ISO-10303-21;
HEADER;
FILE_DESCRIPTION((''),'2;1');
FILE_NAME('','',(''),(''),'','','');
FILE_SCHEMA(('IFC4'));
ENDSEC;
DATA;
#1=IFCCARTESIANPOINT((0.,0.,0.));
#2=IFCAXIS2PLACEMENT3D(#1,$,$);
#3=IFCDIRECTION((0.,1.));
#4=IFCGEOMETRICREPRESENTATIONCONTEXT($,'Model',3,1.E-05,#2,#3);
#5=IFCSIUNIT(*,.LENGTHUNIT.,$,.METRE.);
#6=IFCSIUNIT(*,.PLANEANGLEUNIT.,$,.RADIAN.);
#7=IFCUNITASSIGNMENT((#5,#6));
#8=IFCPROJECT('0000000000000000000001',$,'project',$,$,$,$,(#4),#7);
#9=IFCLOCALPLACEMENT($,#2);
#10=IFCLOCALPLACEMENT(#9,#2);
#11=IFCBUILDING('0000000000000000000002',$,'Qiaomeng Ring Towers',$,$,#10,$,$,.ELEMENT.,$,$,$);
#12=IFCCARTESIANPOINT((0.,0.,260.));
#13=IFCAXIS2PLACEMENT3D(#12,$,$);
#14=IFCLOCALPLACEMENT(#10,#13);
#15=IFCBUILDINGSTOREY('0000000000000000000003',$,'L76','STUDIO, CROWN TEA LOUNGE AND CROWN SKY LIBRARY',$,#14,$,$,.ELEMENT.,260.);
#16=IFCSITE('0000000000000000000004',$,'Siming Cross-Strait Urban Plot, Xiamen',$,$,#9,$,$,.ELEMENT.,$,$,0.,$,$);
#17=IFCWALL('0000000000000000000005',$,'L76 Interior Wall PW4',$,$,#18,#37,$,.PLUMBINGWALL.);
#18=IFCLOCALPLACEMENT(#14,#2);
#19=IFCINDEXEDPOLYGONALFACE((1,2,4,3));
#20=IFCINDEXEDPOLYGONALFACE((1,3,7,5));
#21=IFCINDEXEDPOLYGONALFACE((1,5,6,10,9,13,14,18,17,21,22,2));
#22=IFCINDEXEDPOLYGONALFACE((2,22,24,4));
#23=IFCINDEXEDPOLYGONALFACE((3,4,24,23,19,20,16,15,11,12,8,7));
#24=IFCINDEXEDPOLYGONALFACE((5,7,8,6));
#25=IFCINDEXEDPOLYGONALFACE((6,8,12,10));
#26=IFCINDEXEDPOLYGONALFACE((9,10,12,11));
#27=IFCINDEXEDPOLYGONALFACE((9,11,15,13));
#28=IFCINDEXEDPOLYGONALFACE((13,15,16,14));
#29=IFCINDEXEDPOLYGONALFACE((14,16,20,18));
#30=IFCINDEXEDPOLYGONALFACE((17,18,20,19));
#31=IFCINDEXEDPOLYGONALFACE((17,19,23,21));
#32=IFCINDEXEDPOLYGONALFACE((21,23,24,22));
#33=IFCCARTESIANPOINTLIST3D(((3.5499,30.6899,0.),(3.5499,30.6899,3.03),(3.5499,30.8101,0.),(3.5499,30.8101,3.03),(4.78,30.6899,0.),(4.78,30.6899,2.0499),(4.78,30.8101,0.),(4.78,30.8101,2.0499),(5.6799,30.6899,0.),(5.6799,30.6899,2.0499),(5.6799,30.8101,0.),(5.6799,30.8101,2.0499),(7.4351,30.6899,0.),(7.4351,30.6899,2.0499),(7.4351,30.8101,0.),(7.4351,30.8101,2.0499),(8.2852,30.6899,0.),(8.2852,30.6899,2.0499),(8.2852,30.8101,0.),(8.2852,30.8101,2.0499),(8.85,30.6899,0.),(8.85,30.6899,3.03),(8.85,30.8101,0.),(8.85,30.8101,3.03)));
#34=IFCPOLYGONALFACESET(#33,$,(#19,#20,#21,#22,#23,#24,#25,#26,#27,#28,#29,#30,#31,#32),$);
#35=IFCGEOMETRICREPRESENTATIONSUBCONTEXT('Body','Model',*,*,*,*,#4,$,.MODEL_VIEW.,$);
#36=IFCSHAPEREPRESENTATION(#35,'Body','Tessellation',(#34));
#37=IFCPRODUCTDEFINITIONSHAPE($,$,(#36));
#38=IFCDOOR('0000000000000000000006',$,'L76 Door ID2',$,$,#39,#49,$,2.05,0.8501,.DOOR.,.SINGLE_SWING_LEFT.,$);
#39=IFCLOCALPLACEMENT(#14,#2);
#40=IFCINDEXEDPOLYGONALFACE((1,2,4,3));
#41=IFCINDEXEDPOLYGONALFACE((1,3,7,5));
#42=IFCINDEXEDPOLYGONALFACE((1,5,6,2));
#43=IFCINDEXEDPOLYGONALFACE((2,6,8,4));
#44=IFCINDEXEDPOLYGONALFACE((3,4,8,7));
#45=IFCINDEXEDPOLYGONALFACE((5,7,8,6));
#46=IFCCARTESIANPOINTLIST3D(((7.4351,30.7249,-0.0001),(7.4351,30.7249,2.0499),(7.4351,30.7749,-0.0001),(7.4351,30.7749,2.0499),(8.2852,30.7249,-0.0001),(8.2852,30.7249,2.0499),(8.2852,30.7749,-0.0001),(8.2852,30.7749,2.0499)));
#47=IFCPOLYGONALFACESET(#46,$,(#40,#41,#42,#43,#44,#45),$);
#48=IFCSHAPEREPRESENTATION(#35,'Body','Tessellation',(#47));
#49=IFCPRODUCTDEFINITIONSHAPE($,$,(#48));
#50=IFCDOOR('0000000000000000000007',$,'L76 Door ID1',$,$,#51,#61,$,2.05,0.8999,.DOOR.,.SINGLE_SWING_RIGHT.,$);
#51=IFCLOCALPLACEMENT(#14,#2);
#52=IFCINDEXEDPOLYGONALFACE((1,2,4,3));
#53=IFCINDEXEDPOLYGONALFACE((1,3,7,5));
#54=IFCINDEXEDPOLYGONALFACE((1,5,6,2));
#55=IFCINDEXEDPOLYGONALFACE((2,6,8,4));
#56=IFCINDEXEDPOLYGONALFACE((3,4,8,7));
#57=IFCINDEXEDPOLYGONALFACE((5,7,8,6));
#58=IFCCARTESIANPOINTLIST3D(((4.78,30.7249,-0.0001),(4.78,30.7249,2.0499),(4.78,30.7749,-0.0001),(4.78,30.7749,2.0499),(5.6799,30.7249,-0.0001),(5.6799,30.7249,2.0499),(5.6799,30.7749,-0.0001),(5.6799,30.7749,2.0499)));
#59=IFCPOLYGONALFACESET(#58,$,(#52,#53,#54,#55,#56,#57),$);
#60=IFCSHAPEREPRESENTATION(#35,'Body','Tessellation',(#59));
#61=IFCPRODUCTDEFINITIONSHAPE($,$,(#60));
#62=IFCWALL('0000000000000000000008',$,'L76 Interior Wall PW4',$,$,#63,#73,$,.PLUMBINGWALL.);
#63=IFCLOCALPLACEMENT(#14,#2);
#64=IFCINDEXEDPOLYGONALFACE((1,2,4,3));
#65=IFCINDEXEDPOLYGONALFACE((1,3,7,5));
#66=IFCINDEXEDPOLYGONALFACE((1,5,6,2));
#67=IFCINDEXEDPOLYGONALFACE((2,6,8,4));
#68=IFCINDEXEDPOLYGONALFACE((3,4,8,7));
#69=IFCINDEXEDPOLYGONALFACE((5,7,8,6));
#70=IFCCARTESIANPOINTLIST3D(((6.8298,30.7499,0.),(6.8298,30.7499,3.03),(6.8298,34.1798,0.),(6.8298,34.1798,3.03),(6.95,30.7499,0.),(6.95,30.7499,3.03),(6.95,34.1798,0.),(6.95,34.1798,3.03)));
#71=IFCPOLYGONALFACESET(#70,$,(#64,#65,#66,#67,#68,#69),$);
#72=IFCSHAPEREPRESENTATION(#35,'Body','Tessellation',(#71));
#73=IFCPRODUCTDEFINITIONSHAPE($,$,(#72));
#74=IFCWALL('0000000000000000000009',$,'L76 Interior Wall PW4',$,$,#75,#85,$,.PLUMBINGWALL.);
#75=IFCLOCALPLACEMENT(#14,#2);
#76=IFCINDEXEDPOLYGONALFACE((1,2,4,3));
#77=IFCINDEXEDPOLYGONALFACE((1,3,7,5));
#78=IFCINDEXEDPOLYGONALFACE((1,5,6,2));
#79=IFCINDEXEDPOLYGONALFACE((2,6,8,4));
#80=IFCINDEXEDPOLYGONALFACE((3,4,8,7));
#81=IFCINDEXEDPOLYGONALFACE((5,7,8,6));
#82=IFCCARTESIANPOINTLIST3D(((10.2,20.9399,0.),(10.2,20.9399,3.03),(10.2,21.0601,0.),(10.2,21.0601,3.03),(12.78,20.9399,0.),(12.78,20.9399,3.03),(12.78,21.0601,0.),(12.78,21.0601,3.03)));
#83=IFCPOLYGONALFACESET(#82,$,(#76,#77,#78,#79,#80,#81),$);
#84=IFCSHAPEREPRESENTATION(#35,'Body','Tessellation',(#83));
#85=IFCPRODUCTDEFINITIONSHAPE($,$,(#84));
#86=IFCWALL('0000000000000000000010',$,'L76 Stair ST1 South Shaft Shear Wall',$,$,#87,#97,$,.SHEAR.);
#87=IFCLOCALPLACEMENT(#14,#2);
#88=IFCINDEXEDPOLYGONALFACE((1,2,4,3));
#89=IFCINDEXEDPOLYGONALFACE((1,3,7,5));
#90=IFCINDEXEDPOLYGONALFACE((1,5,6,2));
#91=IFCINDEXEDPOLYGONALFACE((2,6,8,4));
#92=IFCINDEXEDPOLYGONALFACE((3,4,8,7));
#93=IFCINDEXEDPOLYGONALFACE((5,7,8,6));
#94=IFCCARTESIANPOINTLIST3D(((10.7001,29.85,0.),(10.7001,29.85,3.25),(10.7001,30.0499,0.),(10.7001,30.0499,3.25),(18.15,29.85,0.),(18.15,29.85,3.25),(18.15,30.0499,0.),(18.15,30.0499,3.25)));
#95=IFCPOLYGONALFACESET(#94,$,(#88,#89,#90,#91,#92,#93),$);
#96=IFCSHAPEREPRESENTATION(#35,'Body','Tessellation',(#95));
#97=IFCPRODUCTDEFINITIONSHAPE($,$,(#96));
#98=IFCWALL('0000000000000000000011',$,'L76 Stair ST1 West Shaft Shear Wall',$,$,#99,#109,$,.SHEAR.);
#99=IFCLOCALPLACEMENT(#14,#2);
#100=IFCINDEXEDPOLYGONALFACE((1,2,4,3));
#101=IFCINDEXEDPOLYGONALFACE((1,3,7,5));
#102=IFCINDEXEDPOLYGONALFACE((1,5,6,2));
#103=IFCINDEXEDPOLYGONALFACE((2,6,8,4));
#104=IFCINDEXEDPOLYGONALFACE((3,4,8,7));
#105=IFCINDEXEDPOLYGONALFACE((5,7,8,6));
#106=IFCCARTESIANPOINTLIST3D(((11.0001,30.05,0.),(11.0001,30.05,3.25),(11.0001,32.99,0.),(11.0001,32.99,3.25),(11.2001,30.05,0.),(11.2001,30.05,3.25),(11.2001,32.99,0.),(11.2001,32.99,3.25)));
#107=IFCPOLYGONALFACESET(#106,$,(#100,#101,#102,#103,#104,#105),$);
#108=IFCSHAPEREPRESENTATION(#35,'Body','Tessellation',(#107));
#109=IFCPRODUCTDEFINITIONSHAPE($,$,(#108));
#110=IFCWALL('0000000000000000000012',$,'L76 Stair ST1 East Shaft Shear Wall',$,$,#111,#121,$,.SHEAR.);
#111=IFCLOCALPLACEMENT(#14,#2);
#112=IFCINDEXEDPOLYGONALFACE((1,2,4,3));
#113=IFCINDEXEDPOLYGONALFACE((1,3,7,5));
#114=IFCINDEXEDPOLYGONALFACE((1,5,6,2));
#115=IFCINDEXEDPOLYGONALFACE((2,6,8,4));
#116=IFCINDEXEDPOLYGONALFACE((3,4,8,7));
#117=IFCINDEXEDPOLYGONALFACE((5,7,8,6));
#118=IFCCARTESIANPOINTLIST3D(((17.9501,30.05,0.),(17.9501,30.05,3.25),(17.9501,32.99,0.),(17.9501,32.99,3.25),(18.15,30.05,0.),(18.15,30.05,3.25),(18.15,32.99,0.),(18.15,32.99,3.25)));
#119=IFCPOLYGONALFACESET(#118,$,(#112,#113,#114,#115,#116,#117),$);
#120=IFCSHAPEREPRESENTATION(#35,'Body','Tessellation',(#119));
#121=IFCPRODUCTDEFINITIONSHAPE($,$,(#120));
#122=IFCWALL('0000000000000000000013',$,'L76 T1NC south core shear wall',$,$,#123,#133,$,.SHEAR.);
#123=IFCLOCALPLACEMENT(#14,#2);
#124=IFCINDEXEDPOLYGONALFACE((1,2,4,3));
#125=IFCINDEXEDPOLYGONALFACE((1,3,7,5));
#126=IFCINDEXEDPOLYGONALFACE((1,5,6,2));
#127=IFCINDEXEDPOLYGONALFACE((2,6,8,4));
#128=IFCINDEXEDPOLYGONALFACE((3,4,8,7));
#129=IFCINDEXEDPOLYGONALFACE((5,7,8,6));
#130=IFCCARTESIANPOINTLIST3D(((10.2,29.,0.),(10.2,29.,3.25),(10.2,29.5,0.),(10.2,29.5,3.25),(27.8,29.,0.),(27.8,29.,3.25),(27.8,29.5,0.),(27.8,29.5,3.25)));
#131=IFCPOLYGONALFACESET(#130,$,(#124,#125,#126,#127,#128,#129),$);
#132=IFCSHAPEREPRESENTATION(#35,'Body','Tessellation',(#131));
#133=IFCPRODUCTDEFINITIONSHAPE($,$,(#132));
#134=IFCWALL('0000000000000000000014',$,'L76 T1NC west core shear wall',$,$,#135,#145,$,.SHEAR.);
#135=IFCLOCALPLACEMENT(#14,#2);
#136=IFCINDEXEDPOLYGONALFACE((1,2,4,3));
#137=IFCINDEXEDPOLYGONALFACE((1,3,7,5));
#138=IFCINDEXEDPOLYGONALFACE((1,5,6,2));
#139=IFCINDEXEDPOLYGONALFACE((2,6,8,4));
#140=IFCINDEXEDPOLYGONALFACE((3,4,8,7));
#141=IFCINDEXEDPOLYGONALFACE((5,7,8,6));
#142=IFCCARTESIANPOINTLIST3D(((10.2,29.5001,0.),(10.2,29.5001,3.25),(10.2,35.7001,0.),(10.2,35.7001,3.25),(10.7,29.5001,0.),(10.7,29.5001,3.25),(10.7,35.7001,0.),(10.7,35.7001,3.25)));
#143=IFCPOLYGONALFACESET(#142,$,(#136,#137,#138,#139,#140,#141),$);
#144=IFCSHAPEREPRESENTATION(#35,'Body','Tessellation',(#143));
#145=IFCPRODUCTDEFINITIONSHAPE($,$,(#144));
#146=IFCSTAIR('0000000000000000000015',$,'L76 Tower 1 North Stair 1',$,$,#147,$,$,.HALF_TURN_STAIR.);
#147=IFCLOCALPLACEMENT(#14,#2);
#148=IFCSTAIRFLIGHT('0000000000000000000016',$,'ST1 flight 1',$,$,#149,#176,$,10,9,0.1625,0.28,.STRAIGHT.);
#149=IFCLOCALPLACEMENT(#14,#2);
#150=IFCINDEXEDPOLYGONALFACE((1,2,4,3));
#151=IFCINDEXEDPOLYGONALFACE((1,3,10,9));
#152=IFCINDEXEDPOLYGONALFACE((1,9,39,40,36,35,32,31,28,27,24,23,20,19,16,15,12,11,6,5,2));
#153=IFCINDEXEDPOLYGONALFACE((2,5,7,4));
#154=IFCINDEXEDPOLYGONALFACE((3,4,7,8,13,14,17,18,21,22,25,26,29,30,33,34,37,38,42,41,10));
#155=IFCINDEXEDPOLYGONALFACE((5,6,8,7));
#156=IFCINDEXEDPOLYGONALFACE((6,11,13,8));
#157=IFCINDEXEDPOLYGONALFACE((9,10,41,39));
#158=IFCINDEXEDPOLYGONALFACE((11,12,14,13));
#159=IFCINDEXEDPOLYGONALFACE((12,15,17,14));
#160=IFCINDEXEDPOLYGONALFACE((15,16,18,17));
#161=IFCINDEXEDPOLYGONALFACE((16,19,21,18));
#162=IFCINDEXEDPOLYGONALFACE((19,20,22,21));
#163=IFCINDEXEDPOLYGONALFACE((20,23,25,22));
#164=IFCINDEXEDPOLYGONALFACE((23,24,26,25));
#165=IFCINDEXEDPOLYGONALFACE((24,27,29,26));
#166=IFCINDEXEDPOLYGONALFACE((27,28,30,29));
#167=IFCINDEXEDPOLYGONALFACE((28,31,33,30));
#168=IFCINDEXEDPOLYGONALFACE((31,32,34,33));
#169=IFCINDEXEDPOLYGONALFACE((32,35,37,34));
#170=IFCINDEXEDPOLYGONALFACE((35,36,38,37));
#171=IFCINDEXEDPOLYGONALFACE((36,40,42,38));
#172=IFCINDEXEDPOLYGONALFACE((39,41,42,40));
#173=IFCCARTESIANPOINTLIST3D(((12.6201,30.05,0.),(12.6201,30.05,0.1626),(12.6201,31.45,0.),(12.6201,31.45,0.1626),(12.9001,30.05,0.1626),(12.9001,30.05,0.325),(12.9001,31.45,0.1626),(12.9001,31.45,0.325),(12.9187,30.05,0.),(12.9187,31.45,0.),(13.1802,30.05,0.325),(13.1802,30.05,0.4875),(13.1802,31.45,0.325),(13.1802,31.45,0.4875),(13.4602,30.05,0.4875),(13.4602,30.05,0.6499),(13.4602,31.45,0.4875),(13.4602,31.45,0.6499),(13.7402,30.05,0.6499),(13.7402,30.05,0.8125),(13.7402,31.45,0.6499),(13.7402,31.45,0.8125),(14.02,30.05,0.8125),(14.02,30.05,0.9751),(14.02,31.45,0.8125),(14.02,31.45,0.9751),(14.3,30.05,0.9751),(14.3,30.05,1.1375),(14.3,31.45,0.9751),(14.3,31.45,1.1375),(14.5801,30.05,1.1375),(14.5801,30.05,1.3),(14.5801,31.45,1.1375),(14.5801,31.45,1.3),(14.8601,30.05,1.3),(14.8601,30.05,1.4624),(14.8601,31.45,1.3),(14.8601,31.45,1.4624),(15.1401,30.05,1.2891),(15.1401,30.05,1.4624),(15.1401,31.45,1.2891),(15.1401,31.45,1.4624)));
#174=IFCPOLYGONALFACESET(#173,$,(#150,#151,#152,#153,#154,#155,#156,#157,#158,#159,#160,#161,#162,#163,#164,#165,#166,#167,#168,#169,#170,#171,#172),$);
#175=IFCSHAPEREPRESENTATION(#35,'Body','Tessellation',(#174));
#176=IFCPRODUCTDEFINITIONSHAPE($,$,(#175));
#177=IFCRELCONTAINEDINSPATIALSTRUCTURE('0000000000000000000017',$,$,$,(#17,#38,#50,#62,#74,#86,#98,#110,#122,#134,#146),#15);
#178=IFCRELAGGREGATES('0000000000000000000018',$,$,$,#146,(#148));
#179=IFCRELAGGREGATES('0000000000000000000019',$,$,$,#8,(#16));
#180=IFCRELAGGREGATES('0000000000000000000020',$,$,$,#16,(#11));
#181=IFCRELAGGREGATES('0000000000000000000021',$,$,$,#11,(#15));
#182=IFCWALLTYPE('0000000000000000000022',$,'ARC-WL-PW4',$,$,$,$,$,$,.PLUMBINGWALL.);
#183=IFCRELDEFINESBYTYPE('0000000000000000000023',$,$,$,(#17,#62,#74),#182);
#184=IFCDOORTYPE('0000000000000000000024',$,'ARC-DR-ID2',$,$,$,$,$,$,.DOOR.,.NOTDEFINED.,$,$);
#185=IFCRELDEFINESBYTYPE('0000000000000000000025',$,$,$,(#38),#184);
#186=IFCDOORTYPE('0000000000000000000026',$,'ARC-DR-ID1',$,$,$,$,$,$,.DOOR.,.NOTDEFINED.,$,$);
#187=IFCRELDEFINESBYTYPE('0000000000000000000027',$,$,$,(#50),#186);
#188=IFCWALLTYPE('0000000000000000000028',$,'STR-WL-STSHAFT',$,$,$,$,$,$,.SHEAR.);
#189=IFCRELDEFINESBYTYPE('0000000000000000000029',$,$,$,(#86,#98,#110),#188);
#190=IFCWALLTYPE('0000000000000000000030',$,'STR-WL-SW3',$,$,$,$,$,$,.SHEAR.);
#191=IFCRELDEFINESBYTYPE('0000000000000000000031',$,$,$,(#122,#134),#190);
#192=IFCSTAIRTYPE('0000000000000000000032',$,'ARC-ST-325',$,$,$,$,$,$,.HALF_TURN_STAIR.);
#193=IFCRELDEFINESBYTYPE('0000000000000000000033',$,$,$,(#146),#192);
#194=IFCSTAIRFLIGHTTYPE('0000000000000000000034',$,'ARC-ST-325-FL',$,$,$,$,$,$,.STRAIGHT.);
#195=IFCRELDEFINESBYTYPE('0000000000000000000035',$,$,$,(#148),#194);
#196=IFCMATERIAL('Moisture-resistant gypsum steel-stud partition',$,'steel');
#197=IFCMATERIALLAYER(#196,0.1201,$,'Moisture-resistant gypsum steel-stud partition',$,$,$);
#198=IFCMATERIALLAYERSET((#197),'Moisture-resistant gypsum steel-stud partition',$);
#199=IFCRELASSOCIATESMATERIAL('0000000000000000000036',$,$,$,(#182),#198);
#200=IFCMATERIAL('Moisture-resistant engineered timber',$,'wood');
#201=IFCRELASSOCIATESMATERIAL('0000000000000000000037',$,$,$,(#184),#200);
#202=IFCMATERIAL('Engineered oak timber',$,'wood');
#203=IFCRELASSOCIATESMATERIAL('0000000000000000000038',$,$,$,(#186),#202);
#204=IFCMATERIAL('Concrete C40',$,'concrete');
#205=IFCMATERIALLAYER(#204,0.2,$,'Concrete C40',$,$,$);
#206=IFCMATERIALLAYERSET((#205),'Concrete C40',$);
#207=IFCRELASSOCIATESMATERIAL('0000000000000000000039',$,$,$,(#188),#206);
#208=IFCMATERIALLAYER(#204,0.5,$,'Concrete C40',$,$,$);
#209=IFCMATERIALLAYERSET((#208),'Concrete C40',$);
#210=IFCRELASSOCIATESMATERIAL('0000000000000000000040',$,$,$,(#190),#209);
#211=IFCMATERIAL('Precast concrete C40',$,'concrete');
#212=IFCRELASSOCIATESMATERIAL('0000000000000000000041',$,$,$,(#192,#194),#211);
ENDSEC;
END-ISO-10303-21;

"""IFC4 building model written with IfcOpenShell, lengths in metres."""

from ifc_helpers import new_model, si_unit, direction, frame, frame_2d, origin, place, context, subcontext, project, spatial, polyline, rectangle, outline, extrude, source, transform, mapped, material, layer, layer_set, type_object, element, fill, aggregate, save


model = new_model("IFC4")

# Units and contexts
model_context = context("Model", 3, precision=1e-05, world=origin(), true_north=direction((0.0, 1.0)))
body_context = subcontext(model_context, "Body", "Model", "MODEL_VIEW")
ifc_project = project(units=[si_unit("LENGTHUNIT", "METRE"), si_unit("PLANEANGLEUNIT", "RADIAN")], contexts=[model_context])

# Site, building, storey
site_placement = place(None, origin())
site = spatial("IfcSite", under=ifc_project, at=site_placement, Name="Siming Cross-Strait Urban Plot, Xiamen", CompositionType="ELEMENT", RefElevation=0.0)
building_placement = place(site_placement, origin())
building = spatial("IfcBuilding", under=site, at=building_placement, Name="Qiaomeng Ring Towers", CompositionType="ELEMENT")
storey_placement = place(building_placement, frame((0.0, 0.0, 260.0)))
storey = spatial("IfcBuildingStorey", under=building, at=storey_placement, Name="L76", Description="STUDIO, CROWN TEA LOUNGE AND CROWN SKY LIBRARY", CompositionType="ELEMENT", Elevation=260.0)

# Shared definitions
ifc_material_1 = material(Name="Concrete C40", Category="concrete")

# Shared definitions
ifc_material_2 = material(Name="Moisture-resistant gypsum steel-stud partition", Category="steel")
ifc_layer_1 = layer(ifc_material_2, 0.1201, Name="Moisture-resistant gypsum steel-stud partition")
ifc_layer_set_1 = layer_set([ifc_layer_1], Name="Moisture-resistant gypsum steel-stud partition")
wall_type_1 = type_object("IfcWallType", Name="ARC-WL-PW4", PredefinedType="PLUMBINGWALL", material=ifc_layer_set_1)
ifc_material_3 = material(Name="Moisture-resistant engineered timber", Category="wood")
door_type_1 = type_object("IfcDoorType", Name="ARC-DR-ID2", OperationType="NOTDEFINED", PredefinedType="DOOR", material=ifc_material_3)
shared_shape_1 = source(origin(), body_context, "Body", "SweptSolid", [
    extrude(rectangle(XDim=0.8501, YDim=2.05, at=frame_2d((0.425, 1.0249))), frame((0.0, 0.0249, 0.0), z_axis=(0.0, -1.0, 0.0), x_axis=(1.0, 0.0, 0.0)), (0.0, 0.0, 1.0), 0.05),
])
ifc_material_4 = material(Name="Engineered oak timber", Category="wood")
door_type_2 = type_object("IfcDoorType", Name="ARC-DR-ID1", OperationType="NOTDEFINED", PredefinedType="DOOR", material=ifc_material_4)
shared_shape_2 = source(origin(), body_context, "Body", "SweptSolid", [
    extrude(rectangle(XDim=0.8999, YDim=2.05, at=frame_2d((0.45, 1.0249))), frame((0.0, 0.0249, 0.0), z_axis=(0.0, -1.0, 0.0), x_axis=(1.0, 0.0, 0.0)), (0.0, 0.0, 1.0), 0.05),
])

# Wall, openings, doors
wall_1_placement = place(storey_placement, frame((3.55, 30.75, 0.0), z_axis=(0.0, 0.0, 1.0), x_axis=(1.0, 0.0, 0.0)))
wall_1 = element("IfcWall", 1, at=wall_1_placement, inside=storey, type_object=wall_type_1, Name="L76 Interior Wall PW4", PredefinedType="PLUMBINGWALL", context=body_context, shape_type="SweptSolid", body=[
    extrude(rectangle(XDim=5.3, YDim=0.1201, at=frame_2d((2.6499, 0.0))), origin(), (0.0, 0.0, 1.0), 3.03),
])
opening_1_placement = place(wall_1_placement, frame((1.23, 0.0, 0.0)))
opening_1 = element("IfcOpeningElement", 2, at=opening_1_placement, cuts=wall_1, PredefinedType="OPENING", context=body_context, shape_type="SweptSolid", body=[
    extrude(rectangle(XDim=0.8999, YDim=2.05, at=frame_2d((0.45, 1.0249))), frame((0.0, 0.0701, 0.0), z_axis=(0.0, -1.0, 0.0), x_axis=(1.0, 0.0, 0.0)), (0.0, 0.0, 1.0), 0.1401),
])
opening_2_placement = place(wall_1_placement, frame((3.885, 0.0, 0.0)))
opening_2 = element("IfcOpeningElement", 3, at=opening_2_placement, cuts=wall_1, PredefinedType="OPENING", context=body_context, shape_type="SweptSolid", body=[
    extrude(rectangle(XDim=0.8501, YDim=2.05, at=frame_2d((0.425, 1.0249))), frame((0.0, 0.0701, 0.0), z_axis=(0.0, -1.0, 0.0), x_axis=(1.0, 0.0, 0.0)), (0.0, 0.0, 1.0), 0.1401),
])
door_1_placement = place(opening_2_placement, origin())
door_1 = element("IfcDoor", 4, at=door_1_placement, inside=storey, type_object=door_type_1, Name="L76 Door ID2", OperationType="SINGLE_SWING_LEFT", OverallHeight=2.05, OverallWidth=0.8501, PredefinedType="DOOR", context=body_context, shape_type="MappedRepresentation", body=[
    mapped(shared_shape_1, transform((0.0, 0.0, 0.0), x_axis=(1.0, 0.0, 0.0), y_axis=(0.0, 1.0, 0.0), z_axis=(0.0, 0.0, 1.0), scale=1.0)),
])
fill(opening_2, door_1)
door_2_placement = place(opening_1_placement, origin())
door_2 = element("IfcDoor", 5, at=door_2_placement, inside=storey, type_object=door_type_2, Name="L76 Door ID1", OperationType="SINGLE_SWING_RIGHT", OverallHeight=2.05, OverallWidth=0.8999, PredefinedType="DOOR", context=body_context, shape_type="MappedRepresentation", body=[
    mapped(shared_shape_2, transform((0.0, 0.0, 0.0), x_axis=(1.0, 0.0, 0.0), y_axis=(0.0, 1.0, 0.0), z_axis=(0.0, 0.0, 1.0), scale=1.0)),
])
fill(opening_1, door_2)

# Walls
wall_2_placement = place(storey_placement, frame((6.8899, 30.75, 0.0), z_axis=(0.0, 0.0, 1.0), x_axis=(0.0, 1.0, 0.0)))
element("IfcWall", 6, at=wall_2_placement, inside=storey, type_object=wall_type_1, Name="L76 Interior Wall PW4", PredefinedType="PLUMBINGWALL", context=body_context, shape_type="SweptSolid", body=[
    extrude(rectangle(XDim=3.4299, YDim=0.1201, at=frame_2d((1.7148, 0.0))), origin(), (0.0, 0.0, 1.0), 3.03),
])
wall_3_placement = place(storey_placement, frame((10.2, 21.0, 0.0), z_axis=(0.0, 0.0, 1.0), x_axis=(1.0, 0.0, 0.0)))
element("IfcWall", 7, at=wall_3_placement, inside=storey, type_object=wall_type_1, Name="L76 Interior Wall PW4", PredefinedType="PLUMBINGWALL", context=body_context, shape_type="SweptSolid", body=[
    extrude(rectangle(XDim=2.5801, YDim=0.1201, at=frame_2d((1.29, 0.0))), origin(), (0.0, 0.0, 1.0), 3.03),
])
ifc_layer_2 = layer(ifc_material_1, 0.2, Name="Concrete C40")
ifc_layer_set_2 = layer_set([ifc_layer_2], Name="Concrete C40")
wall_type_2 = type_object("IfcWallType", Name="STR-WL-STSHAFT", PredefinedType="SHEAR", material=ifc_layer_set_2)
wall_4_placement = place(storey_placement, frame((10.7, 29.95, 0.0), z_axis=(0.0, 0.0, 1.0), x_axis=(1.0, 0.0, 0.0)))
element("IfcWall", 8, at=wall_4_placement, inside=storey, type_object=wall_type_2, Name="L76 Stair ST1 South Shaft Shear Wall", PredefinedType="SHEAR", context=body_context, shape_type="SweptSolid", body=[
    extrude(rectangle(XDim=7.45, YDim=0.2, at=frame_2d((3.7251, 0.0))), origin(), (0.0, 0.0, 1.0), 3.25),
])
for number, where, z_axis, x_axis, name in (
    (9, (11.1001, 30.05, 0.0), (0.0, 0.0, 1.0), (0.0, 1.0, 0.0), "L76 Stair ST1 West Shaft Shear Wall"),
    (10, (18.05, 30.05, 0.0), (0.0, 0.0, 1.0), (0.0, 1.0, 0.0), "L76 Stair ST1 East Shaft Shear Wall"),
):
    element("IfcWall", number, at=place(storey_placement, frame(where, z_axis=z_axis, x_axis=x_axis)), inside=storey, type_object=wall_type_2, Name=name, PredefinedType="SHEAR", context=body_context, shape_type="SweptSolid", body=[
        extrude(rectangle(XDim=2.9399, YDim=0.2, at=frame_2d((1.47, 0.0))), origin(), (0.0, 0.0, 1.0), 3.25),
    ])
ifc_layer_3 = layer(ifc_material_1, 0.5, Name="Concrete C40")
ifc_layer_set_3 = layer_set([ifc_layer_3], Name="Concrete C40")
wall_type_3 = type_object("IfcWallType", Name="STR-WL-SW3", PredefinedType="SHEAR", material=ifc_layer_set_3)
wall_5_placement = place(storey_placement, frame((10.2, 29.25, 0.0), z_axis=(0.0, 0.0, 1.0), x_axis=(1.0, 0.0, 0.0)))
element("IfcWall", 11, at=wall_5_placement, inside=storey, type_object=wall_type_3, Name="L76 T1NC south core shear wall", PredefinedType="SHEAR", context=body_context, shape_type="SweptSolid", body=[
    extrude(rectangle(XDim=17.6001, YDim=0.5, at=frame_2d((8.8, 0.0))), origin(), (0.0, 0.0, 1.0), 3.25),
])
wall_6_placement = place(storey_placement, frame((10.45, 29.5, 0.0), z_axis=(0.0, 0.0, 1.0), x_axis=(0.0, 1.0, 0.0)))
element("IfcWall", 12, at=wall_6_placement, inside=storey, type_object=wall_type_3, Name="L76 T1NC west core shear wall", PredefinedType="SHEAR", context=body_context, shape_type="SweptSolid", body=[
    extrude(rectangle(XDim=6.2, YDim=0.5, at=frame_2d((3.1001, 0.0))), origin(), (0.0, 0.0, 1.0), 3.25),
])

# Stair, stair flight
ifc_material_5 = material(Name="Precast concrete C40", Category="concrete")
stair_type = type_object("IfcStairType", Name="ARC-ST-325", PredefinedType="HALF_TURN_STAIR", material=ifc_material_5)
stair_placement = place(storey_placement, origin())
stair = element("IfcStair", 13, at=stair_placement, inside=storey, type_object=stair_type, Name="L76 Tower 1 North Stair 1", PredefinedType="HALF_TURN_STAIR")
stair_flight_type = type_object("IfcStairFlightType", Name="ARC-ST-325-FL", PredefinedType="STRAIGHT", material=ifc_material_5)
shared_shape_3 = source(origin(), body_context, "Body", "SweptSolid", [
    extrude(outline(polyline([(0.0, 0.0), (0.0, 0.1626), (0.28, 0.1626), (0.28, 0.325), (0.5601, 0.325), (0.5601, 0.4875), (0.8401, 0.4875), (0.8401, 0.6499), (1.1201, 0.6499), (1.1201, 0.8125), (1.3999, 0.8125), (1.3999, 0.9751), (1.6799, 0.9751), (1.6799, 1.1375), (1.96, 1.1375), (1.96, 1.3), (2.24, 1.3), (2.24, 1.4624), (2.52, 1.4624), (2.52, 1.625), (2.52, 1.2891), (0.2986, 0.0), (0.0, 0.0)])), frame((0.0, 0.7, 0.0), z_axis=(0.0, -1.0, 0.0), x_axis=(1.0, 0.0, 0.0)), (0.0, 0.0, 1.0), 1.3999),
])
stair_flight_placement = place(storey_placement, frame((12.6201, 30.75, 0.0), z_axis=(0.0, 0.0, 1.0), x_axis=(1.0, 0.0, 0.0)))
stair_flight = element("IfcStairFlight", 14, at=stair_flight_placement, type_object=stair_flight_type, Name="ST1 flight 1", NumberOfRisers=10, NumberOfTreads=9, PredefinedType="STRAIGHT", RiserHeight=0.1625, TreadLength=0.28, context=body_context, shape_type="MappedRepresentation", body=[
    mapped(shared_shape_3, transform((0.0, 0.0, 0.0), x_axis=(1.0, 0.0, 0.0), y_axis=(0.0, 1.0, 0.0), z_axis=(0.0, 0.0, 1.0), scale=1.0)),
])
aggregate(stair, [stair_flight])

save(model, "model.ifc")
